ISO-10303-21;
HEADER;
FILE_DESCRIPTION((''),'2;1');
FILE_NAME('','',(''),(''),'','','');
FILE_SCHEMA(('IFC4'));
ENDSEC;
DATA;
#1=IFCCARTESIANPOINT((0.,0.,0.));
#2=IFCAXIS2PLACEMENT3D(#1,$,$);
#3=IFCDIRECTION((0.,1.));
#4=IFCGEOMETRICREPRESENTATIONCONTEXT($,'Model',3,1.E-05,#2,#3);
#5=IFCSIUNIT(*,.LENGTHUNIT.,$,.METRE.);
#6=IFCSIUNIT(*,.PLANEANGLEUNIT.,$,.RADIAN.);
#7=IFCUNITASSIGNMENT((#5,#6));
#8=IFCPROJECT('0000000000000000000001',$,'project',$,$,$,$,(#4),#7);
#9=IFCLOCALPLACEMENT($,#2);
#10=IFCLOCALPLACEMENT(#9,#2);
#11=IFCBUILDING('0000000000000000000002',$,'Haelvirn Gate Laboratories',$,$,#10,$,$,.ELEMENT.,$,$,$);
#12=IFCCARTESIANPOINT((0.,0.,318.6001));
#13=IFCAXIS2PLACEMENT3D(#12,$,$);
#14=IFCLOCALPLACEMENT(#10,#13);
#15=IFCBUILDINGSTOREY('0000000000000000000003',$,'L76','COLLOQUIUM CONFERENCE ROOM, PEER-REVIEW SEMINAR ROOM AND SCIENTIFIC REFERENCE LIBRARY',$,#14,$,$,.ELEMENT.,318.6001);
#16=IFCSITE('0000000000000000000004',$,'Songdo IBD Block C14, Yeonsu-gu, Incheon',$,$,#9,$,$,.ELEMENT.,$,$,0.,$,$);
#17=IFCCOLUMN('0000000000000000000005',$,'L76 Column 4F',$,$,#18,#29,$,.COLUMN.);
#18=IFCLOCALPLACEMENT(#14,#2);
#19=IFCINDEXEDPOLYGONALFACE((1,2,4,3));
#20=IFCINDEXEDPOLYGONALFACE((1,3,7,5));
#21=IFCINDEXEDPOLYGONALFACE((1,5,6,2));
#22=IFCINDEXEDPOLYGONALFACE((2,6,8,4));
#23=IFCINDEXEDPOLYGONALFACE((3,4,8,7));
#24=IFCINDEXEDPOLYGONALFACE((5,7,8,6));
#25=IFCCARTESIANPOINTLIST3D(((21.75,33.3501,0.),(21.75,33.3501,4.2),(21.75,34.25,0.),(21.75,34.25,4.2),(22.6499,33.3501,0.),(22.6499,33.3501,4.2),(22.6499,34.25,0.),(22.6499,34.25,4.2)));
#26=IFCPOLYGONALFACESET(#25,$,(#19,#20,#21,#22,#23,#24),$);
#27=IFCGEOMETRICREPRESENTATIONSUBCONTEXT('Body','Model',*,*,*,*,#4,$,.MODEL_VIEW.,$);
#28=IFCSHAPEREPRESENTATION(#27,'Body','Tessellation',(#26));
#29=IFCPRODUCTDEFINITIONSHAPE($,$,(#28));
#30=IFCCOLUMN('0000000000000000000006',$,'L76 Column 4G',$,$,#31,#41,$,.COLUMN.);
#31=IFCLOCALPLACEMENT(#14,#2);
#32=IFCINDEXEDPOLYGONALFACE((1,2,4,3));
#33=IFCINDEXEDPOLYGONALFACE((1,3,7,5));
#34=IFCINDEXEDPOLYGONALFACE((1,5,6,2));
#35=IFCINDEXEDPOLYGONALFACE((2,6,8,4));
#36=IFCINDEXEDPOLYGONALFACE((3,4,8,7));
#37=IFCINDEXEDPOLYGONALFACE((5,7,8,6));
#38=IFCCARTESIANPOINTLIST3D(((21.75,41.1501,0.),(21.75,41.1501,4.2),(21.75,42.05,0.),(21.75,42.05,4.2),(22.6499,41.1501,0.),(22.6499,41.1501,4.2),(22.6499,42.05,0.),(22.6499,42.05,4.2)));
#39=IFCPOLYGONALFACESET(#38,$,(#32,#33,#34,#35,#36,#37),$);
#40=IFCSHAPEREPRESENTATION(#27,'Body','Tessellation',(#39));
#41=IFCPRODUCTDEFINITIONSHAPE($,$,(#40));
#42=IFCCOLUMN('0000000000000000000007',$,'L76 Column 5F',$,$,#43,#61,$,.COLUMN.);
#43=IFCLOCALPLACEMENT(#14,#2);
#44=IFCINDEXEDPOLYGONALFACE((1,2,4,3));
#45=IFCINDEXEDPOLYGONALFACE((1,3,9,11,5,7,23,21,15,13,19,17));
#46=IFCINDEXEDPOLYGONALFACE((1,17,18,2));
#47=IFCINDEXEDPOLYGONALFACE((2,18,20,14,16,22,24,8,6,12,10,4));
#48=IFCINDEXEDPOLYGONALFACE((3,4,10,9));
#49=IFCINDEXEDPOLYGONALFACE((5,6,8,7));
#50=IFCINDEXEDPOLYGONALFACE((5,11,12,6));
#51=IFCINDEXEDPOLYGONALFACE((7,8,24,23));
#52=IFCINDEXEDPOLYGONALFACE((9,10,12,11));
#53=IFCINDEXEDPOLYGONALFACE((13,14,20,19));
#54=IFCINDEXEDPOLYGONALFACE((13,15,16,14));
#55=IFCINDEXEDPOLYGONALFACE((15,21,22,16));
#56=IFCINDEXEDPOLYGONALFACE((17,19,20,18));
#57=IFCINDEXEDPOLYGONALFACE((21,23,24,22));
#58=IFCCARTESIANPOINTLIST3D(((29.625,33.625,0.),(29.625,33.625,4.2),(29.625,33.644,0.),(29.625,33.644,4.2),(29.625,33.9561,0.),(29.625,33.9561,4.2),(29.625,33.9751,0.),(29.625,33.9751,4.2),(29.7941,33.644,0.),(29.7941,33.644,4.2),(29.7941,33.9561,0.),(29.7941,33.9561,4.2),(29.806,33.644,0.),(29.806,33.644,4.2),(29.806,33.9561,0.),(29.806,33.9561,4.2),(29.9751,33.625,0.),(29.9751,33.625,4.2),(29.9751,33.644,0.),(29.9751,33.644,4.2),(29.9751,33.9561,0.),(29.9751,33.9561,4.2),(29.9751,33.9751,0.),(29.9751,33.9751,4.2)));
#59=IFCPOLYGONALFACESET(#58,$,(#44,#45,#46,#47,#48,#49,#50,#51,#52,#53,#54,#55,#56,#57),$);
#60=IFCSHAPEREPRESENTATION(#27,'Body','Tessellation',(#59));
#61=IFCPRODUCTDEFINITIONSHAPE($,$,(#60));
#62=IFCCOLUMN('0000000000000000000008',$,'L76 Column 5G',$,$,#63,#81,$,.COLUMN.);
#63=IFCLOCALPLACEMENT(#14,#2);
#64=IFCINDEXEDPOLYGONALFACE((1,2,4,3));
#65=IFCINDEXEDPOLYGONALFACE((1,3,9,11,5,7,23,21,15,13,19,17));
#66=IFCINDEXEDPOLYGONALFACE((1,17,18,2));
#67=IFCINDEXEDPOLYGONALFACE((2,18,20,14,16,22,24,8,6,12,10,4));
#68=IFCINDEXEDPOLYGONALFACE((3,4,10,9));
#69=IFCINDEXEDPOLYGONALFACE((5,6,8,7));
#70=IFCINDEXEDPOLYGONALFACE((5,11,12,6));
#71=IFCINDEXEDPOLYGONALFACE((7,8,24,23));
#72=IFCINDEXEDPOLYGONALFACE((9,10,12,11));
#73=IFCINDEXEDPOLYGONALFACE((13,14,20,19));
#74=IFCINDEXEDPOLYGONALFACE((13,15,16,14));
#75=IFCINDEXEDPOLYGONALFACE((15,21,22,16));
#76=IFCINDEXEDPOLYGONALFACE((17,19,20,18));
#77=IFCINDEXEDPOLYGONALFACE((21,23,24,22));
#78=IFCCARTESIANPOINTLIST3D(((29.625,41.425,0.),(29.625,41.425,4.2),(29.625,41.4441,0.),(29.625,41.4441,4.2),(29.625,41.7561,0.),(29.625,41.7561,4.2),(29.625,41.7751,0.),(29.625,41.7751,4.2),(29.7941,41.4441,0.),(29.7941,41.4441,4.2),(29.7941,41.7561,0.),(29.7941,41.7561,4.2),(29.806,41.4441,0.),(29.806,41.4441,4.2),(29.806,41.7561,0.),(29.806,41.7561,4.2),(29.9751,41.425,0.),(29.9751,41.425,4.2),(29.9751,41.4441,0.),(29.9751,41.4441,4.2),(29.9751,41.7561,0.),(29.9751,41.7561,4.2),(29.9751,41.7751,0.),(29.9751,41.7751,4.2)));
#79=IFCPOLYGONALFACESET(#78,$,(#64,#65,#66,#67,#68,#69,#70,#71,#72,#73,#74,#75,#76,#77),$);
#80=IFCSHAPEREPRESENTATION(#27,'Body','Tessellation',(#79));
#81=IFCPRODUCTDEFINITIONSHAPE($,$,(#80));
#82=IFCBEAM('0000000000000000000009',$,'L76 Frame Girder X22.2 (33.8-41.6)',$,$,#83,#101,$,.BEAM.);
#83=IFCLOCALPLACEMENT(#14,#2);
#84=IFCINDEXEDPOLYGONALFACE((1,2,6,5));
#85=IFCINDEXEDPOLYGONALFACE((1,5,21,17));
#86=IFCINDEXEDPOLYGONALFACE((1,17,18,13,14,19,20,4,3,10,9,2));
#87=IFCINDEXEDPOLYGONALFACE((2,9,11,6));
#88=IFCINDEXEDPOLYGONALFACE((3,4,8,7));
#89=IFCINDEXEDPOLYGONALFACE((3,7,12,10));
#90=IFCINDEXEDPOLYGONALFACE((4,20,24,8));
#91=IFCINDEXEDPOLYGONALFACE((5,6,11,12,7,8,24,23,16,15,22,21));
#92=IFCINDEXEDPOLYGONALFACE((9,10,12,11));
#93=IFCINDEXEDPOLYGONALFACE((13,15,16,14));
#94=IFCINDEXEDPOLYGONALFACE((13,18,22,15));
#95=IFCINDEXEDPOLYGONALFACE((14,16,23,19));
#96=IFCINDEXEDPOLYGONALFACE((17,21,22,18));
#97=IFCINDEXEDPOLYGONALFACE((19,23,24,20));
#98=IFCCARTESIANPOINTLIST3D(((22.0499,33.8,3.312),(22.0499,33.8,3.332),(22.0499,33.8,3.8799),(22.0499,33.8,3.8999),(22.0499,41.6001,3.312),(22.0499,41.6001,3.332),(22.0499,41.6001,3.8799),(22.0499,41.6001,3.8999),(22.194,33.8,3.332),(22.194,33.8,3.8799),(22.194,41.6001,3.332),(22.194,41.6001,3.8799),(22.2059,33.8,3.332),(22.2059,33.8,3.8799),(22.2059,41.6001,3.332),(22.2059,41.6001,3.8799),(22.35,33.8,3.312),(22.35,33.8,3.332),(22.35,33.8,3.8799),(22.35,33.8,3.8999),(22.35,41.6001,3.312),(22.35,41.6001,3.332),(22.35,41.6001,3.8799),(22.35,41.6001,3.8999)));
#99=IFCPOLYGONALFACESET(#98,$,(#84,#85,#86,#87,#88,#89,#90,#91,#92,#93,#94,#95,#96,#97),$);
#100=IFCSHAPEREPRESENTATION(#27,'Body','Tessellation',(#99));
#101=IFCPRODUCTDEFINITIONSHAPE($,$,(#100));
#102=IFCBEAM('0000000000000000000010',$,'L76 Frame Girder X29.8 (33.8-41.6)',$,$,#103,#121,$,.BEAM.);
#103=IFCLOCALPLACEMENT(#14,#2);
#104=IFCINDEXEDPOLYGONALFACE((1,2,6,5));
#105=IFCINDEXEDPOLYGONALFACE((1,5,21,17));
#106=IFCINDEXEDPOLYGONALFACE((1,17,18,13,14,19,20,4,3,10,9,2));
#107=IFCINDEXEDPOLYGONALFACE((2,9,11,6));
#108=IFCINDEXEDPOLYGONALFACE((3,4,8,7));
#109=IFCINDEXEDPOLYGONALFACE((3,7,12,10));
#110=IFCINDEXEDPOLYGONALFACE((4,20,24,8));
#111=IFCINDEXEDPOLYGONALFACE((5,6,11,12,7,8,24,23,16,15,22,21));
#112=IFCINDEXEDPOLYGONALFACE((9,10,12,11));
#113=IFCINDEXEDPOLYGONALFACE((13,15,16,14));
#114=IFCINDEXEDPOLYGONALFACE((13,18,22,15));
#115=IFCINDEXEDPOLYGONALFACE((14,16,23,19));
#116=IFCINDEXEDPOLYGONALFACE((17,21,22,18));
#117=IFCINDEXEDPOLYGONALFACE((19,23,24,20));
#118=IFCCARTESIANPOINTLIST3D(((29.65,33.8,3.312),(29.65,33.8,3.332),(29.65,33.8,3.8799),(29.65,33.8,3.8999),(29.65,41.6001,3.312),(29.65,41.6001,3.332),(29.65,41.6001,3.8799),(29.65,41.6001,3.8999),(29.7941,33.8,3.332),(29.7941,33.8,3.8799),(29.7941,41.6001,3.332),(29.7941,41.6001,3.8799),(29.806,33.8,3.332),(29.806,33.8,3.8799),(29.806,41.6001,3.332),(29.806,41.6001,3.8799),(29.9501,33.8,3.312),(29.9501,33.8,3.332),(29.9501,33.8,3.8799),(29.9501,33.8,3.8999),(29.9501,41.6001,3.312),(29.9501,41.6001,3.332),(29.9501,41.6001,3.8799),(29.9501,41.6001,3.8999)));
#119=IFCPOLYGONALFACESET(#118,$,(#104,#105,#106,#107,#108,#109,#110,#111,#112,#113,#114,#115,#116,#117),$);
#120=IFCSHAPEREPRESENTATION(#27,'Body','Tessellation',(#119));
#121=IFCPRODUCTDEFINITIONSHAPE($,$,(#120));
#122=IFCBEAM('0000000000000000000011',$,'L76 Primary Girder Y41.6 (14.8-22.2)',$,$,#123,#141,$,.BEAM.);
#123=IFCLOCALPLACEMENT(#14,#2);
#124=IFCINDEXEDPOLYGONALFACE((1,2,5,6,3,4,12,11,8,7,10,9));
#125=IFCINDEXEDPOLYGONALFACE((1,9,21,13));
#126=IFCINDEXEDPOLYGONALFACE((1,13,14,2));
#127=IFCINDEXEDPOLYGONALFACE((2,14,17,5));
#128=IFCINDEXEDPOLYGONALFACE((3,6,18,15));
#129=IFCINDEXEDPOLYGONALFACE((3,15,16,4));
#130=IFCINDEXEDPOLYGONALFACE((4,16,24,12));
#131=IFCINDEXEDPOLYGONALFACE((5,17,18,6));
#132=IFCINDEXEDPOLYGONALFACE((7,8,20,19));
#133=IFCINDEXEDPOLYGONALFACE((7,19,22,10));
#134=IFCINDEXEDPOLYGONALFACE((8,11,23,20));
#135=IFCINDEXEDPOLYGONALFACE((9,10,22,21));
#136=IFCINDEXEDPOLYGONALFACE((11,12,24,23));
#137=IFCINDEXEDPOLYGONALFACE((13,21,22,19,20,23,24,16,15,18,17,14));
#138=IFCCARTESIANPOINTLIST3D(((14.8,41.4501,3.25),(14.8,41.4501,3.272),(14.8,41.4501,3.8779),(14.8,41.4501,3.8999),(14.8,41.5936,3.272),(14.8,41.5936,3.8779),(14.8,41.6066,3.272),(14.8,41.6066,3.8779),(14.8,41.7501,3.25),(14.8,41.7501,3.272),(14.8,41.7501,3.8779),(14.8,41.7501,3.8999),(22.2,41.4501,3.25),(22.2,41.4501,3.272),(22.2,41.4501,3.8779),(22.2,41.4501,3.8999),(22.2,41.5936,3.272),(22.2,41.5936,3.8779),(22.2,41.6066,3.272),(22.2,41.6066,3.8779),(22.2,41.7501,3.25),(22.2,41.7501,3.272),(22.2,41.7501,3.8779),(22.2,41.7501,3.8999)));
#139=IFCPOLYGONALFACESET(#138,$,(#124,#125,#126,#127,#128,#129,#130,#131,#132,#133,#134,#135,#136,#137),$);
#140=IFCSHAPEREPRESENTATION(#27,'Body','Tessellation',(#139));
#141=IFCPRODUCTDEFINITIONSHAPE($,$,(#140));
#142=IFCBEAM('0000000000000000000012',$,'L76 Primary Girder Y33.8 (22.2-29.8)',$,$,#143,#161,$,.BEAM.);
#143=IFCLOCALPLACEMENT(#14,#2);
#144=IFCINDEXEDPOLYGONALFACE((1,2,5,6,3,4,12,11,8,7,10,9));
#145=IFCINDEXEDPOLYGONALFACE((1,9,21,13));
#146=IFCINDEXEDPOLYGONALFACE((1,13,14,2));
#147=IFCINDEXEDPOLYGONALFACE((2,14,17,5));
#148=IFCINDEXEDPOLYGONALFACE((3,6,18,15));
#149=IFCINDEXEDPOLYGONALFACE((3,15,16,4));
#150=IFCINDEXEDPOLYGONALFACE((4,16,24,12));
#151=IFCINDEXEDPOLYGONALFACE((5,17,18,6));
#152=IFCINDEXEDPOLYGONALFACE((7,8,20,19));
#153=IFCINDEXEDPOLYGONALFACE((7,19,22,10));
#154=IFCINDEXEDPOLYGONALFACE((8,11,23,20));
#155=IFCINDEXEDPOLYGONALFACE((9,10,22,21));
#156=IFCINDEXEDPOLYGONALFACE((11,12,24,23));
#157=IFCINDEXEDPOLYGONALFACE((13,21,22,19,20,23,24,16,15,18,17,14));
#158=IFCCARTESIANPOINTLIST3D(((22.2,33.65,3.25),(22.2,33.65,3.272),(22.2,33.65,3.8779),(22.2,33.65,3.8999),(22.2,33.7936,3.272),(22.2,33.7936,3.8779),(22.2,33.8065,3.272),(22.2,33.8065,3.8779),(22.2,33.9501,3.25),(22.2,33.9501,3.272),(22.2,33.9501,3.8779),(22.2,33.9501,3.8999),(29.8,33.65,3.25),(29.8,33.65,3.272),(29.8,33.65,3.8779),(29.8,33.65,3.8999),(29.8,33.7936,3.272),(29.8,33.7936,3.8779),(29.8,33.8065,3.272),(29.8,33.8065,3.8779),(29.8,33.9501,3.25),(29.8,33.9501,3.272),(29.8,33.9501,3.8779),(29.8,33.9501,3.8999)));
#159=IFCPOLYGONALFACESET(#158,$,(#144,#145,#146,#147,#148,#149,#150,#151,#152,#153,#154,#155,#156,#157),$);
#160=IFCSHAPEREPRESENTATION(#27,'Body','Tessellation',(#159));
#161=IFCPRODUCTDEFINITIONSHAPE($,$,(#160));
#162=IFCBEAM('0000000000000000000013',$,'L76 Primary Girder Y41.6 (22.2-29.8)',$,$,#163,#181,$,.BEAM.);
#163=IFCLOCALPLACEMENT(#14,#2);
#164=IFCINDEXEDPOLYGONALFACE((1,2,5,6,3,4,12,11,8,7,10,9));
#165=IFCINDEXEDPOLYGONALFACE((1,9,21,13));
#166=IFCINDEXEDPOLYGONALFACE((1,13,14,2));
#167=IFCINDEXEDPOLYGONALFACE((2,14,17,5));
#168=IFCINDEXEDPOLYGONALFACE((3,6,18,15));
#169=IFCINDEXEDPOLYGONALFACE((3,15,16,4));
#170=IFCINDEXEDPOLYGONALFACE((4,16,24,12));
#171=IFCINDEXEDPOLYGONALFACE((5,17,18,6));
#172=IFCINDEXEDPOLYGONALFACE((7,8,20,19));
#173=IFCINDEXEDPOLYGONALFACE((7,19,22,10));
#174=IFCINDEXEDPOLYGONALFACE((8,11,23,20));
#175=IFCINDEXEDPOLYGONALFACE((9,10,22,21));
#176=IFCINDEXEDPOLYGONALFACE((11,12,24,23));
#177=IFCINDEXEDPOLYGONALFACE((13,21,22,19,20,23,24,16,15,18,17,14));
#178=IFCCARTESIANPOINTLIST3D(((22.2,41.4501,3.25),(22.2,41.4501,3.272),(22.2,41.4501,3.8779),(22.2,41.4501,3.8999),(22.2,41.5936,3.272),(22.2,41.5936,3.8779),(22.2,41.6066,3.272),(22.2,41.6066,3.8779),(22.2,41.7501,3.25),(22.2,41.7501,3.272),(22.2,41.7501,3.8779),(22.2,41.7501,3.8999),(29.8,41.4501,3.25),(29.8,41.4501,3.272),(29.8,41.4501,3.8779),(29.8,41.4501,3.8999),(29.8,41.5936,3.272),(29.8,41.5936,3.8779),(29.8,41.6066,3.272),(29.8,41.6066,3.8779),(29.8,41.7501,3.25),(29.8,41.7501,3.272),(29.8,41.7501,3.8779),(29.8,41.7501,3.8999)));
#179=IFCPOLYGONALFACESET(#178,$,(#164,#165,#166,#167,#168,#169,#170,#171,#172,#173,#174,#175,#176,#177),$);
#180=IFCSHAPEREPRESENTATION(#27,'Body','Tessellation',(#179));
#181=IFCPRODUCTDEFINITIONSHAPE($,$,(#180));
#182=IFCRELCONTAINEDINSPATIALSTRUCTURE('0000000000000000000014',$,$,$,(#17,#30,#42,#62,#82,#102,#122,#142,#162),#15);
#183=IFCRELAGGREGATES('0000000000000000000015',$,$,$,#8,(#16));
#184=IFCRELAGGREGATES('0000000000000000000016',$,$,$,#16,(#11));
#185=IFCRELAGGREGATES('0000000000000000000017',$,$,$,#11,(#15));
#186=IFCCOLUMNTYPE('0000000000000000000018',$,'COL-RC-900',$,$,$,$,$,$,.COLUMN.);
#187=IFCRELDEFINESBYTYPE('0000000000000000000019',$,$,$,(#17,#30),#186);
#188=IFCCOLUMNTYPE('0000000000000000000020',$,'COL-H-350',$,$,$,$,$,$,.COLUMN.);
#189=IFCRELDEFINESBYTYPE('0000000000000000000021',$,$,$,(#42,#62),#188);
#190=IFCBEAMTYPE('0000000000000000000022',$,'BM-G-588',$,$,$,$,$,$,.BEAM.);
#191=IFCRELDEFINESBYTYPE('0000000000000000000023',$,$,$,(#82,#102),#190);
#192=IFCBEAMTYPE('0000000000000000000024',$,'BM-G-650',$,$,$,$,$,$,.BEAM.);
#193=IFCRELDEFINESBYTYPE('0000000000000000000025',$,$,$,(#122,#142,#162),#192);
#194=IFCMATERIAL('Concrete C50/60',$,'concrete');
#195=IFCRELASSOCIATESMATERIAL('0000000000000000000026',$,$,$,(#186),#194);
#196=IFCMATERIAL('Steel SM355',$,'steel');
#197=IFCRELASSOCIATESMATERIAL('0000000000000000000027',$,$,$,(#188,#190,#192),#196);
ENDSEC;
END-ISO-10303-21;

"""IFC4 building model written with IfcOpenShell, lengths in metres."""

from ifc_helpers import new_model, si_unit, direction, frame, origin, origin_2d, place, context, subcontext, project, spatial, rectangle, i_section, extrude, source, transform, mapped, material, material_profile, profile_set, type_object, type_shapes, element, save


model = new_model("IFC4")

# Units and contexts
model_context = context("Model", 3, precision=1e-05, world=origin(), true_north=direction((0.0, 1.0)))
body_context = subcontext(model_context, "Body", "Model", "MODEL_VIEW")
ifc_project = project(units=[si_unit("LENGTHUNIT", "METRE"), si_unit("PLANEANGLEUNIT", "RADIAN")], contexts=[model_context])

# Site, building, storey
site_placement = place(None, origin())
site = spatial("IfcSite", under=ifc_project, at=site_placement, Name="Songdo IBD Block C14, Yeonsu-gu, Incheon", CompositionType="ELEMENT", RefElevation=0.0)
building_placement = place(site_placement, origin())
building = spatial("IfcBuilding", under=site, at=building_placement, Name="Haelvirn Gate Laboratories", CompositionType="ELEMENT")
storey_placement = place(building_placement, frame((0.0, 0.0, 318.6001)))
storey = spatial("IfcBuildingStorey", under=building, at=storey_placement, Name="L76", Description="COLLOQUIUM CONFERENCE ROOM, PEER-REVIEW SEMINAR ROOM AND SCIENTIFIC REFERENCE LIBRARY", CompositionType="ELEMENT", Elevation=318.6001)

# Columns
ifc_material_1 = material(Name="Concrete C50/60", Category="concrete")
ifc_material_profile_1 = material_profile(ifc_material_1, rectangle(XDim=0.8999, YDim=0.8999, at=origin_2d()), Name="RC-900x900")
ifc_profile_set_1 = profile_set([ifc_material_profile_1], Name="Concrete C50/60")
column_type_1 = type_object("IfcColumnType", Name="COL-RC-900", PredefinedType="COLUMN", material=ifc_profile_set_1)
shared_shape_1 = source(origin(), body_context, "Body", "SweptSolid", [
    extrude(rectangle(XDim=0.8999, YDim=0.8999, at=origin_2d()), origin(), (0.0, 0.0, 1.0), 4.2),
])
type_shapes(column_type_1, [shared_shape_1])
for number, where, z_axis, x_axis, name in (
    (1, (22.2, 33.8, 0.0), (0.0, 0.0, 1.0), (1.0, 0.0, 0.0), "L76 Column 4F"),
    (2, (22.2, 41.6001, 0.0), (0.0, 0.0, 1.0), (1.0, 0.0, 0.0), "L76 Column 4G"),
):
    element("IfcColumn", number, at=place(storey_placement, frame(where, z_axis=z_axis, x_axis=x_axis)), inside=storey, type_object=column_type_1, Name=name, PredefinedType="COLUMN", context=body_context, shape_type="MappedRepresentation", body=[
        mapped(shared_shape_1, transform((0.0, 0.0, 0.0), scale=1.0)),
    ])
ifc_material_2 = material(Name="Steel SM355", Category="steel")
ifc_material_profile_2 = material_profile(ifc_material_2, i_section(OverallWidth=0.3501, OverallDepth=0.3501, WebThickness=0.012, FlangeThickness=0.019, at=origin_2d()), Name="H-350x350x12x19")
ifc_profile_set_2 = profile_set([ifc_material_profile_2], Name="Steel SM355")
column_type_2 = type_object("IfcColumnType", Name="COL-H-350", PredefinedType="COLUMN", material=ifc_profile_set_2)
shared_shape_2 = source(origin(), body_context, "Body", "SweptSolid", [
    extrude(i_section(OverallWidth=0.3501, OverallDepth=0.3501, WebThickness=0.012, FlangeThickness=0.019, at=origin_2d()), origin(), (0.0, 0.0, 1.0), 4.2),
])
type_shapes(column_type_2, [shared_shape_2])
for number, where, z_axis, x_axis, name in (
    (3, (29.8, 33.8, 0.0), (0.0, 0.0, 1.0), (1.0, 0.0, 0.0), "L76 Column 5F"),
    (4, (29.8, 41.6001, 0.0), (0.0, 0.0, 1.0), (1.0, 0.0, 0.0), "L76 Column 5G"),
):
    element("IfcColumn", number, at=place(storey_placement, frame(where, z_axis=z_axis, x_axis=x_axis)), inside=storey, type_object=column_type_2, Name=name, PredefinedType="COLUMN", context=body_context, shape_type="MappedRepresentation", body=[
        mapped(shared_shape_2, transform((0.0, 0.0, 0.0), scale=1.0)),
    ])

# Beams
ifc_material_profile_3 = material_profile(ifc_material_2, i_section(OverallWidth=0.3, OverallDepth=0.5879, WebThickness=0.012, FlangeThickness=0.02, at=origin_2d()), Name="H-588x300x12x20")
ifc_profile_set_3 = profile_set([ifc_material_profile_3], Name="Steel SM355")
beam_type_1 = type_object("IfcBeamType", Name="BM-G-588", PredefinedType="BEAM", material=ifc_profile_set_3)
shared_shape_3 = source(origin(), body_context, "Body", "SweptSolid", [
    extrude(i_section(OverallWidth=0.3, OverallDepth=0.5879, WebThickness=0.012, FlangeThickness=0.02, at=origin_2d()), origin(), (0.0, 0.0, 1.0), 7.8),
])
type_shapes(beam_type_1, [shared_shape_3])
for number, where, z_axis, x_axis, name in (
    (5, (22.2, 33.8, 3.606), (0.0, 1.0, 0.0), (-1.0, 0.0, 0.0), "L76 Frame Girder X22.2 (33.8-41.6)"),
    (6, (29.8, 33.8, 3.606), (0.0, 1.0, 0.0), (-1.0, 0.0, 0.0), "L76 Frame Girder X29.8 (33.8-41.6)"),
):
    element("IfcBeam", number, at=place(storey_placement, frame(where, z_axis=z_axis, x_axis=x_axis)), inside=storey, type_object=beam_type_1, Name=name, PredefinedType="BEAM", context=body_context, shape_type="MappedRepresentation", body=[
        mapped(shared_shape_3, transform((0.0, 0.0, 0.0), scale=1.0)),
    ])
ifc_material_profile_4 = material_profile(ifc_material_2, i_section(OverallWidth=0.3, OverallDepth=0.6499, WebThickness=0.0129, FlangeThickness=0.022, at=origin_2d()), Name="H-650x300x13x22")
ifc_profile_set_4 = profile_set([ifc_material_profile_4], Name="Steel SM355")
beam_type_2 = type_object("IfcBeamType", Name="BM-G-650", PredefinedType="BEAM", material=ifc_profile_set_4)
shared_shape_4 = source(origin(), body_context, "Body", "SweptSolid", [
    extrude(i_section(OverallWidth=0.3, OverallDepth=0.6499, WebThickness=0.0129, FlangeThickness=0.022, at=origin_2d()), origin(), (0.0, 0.0, 1.0), 7.3999),
])
beam_placement = place(storey_placement, frame((14.8, 41.6001, 3.575), z_axis=(1.0, 0.0, 0.0), x_axis=(0.0, 1.0, 0.0)))
element("IfcBeam", 7, at=beam_placement, inside=storey, type_object=beam_type_2, Name="L76 Primary Girder Y41.6 (14.8-22.2)", PredefinedType="BEAM", context=body_context, shape_type="MappedRepresentation", body=[
    mapped(shared_shape_4, transform((0.0, 0.0, 0.0), scale=1.0)),
])
shared_shape_5 = source(origin(), body_context, "Body", "SweptSolid", [
    extrude(i_section(OverallWidth=0.3, OverallDepth=0.6499, WebThickness=0.0129, FlangeThickness=0.022, at=origin_2d()), origin(), (0.0, 0.0, 1.0), 7.6001),
])
for number, where, z_axis, x_axis, name in (
    (8, (22.2, 33.8, 3.575), (1.0, 0.0, 0.0), (0.0, 1.0, 0.0), "L76 Primary Girder Y33.8 (22.2-29.8)"),
    (9, (22.2, 41.6001, 3.575), (1.0, 0.0, 0.0), (0.0, 1.0, 0.0), "L76 Primary Girder Y41.6 (22.2-29.8)"),
):
    element("IfcBeam", number, at=place(storey_placement, frame(where, z_axis=z_axis, x_axis=x_axis)), inside=storey, type_object=beam_type_2, Name=name, PredefinedType="BEAM", context=body_context, shape_type="MappedRepresentation", body=[
        mapped(shared_shape_5, transform((0.0, 0.0, 0.0), scale=1.0)),
    ])

save(model, "model.ifc")
